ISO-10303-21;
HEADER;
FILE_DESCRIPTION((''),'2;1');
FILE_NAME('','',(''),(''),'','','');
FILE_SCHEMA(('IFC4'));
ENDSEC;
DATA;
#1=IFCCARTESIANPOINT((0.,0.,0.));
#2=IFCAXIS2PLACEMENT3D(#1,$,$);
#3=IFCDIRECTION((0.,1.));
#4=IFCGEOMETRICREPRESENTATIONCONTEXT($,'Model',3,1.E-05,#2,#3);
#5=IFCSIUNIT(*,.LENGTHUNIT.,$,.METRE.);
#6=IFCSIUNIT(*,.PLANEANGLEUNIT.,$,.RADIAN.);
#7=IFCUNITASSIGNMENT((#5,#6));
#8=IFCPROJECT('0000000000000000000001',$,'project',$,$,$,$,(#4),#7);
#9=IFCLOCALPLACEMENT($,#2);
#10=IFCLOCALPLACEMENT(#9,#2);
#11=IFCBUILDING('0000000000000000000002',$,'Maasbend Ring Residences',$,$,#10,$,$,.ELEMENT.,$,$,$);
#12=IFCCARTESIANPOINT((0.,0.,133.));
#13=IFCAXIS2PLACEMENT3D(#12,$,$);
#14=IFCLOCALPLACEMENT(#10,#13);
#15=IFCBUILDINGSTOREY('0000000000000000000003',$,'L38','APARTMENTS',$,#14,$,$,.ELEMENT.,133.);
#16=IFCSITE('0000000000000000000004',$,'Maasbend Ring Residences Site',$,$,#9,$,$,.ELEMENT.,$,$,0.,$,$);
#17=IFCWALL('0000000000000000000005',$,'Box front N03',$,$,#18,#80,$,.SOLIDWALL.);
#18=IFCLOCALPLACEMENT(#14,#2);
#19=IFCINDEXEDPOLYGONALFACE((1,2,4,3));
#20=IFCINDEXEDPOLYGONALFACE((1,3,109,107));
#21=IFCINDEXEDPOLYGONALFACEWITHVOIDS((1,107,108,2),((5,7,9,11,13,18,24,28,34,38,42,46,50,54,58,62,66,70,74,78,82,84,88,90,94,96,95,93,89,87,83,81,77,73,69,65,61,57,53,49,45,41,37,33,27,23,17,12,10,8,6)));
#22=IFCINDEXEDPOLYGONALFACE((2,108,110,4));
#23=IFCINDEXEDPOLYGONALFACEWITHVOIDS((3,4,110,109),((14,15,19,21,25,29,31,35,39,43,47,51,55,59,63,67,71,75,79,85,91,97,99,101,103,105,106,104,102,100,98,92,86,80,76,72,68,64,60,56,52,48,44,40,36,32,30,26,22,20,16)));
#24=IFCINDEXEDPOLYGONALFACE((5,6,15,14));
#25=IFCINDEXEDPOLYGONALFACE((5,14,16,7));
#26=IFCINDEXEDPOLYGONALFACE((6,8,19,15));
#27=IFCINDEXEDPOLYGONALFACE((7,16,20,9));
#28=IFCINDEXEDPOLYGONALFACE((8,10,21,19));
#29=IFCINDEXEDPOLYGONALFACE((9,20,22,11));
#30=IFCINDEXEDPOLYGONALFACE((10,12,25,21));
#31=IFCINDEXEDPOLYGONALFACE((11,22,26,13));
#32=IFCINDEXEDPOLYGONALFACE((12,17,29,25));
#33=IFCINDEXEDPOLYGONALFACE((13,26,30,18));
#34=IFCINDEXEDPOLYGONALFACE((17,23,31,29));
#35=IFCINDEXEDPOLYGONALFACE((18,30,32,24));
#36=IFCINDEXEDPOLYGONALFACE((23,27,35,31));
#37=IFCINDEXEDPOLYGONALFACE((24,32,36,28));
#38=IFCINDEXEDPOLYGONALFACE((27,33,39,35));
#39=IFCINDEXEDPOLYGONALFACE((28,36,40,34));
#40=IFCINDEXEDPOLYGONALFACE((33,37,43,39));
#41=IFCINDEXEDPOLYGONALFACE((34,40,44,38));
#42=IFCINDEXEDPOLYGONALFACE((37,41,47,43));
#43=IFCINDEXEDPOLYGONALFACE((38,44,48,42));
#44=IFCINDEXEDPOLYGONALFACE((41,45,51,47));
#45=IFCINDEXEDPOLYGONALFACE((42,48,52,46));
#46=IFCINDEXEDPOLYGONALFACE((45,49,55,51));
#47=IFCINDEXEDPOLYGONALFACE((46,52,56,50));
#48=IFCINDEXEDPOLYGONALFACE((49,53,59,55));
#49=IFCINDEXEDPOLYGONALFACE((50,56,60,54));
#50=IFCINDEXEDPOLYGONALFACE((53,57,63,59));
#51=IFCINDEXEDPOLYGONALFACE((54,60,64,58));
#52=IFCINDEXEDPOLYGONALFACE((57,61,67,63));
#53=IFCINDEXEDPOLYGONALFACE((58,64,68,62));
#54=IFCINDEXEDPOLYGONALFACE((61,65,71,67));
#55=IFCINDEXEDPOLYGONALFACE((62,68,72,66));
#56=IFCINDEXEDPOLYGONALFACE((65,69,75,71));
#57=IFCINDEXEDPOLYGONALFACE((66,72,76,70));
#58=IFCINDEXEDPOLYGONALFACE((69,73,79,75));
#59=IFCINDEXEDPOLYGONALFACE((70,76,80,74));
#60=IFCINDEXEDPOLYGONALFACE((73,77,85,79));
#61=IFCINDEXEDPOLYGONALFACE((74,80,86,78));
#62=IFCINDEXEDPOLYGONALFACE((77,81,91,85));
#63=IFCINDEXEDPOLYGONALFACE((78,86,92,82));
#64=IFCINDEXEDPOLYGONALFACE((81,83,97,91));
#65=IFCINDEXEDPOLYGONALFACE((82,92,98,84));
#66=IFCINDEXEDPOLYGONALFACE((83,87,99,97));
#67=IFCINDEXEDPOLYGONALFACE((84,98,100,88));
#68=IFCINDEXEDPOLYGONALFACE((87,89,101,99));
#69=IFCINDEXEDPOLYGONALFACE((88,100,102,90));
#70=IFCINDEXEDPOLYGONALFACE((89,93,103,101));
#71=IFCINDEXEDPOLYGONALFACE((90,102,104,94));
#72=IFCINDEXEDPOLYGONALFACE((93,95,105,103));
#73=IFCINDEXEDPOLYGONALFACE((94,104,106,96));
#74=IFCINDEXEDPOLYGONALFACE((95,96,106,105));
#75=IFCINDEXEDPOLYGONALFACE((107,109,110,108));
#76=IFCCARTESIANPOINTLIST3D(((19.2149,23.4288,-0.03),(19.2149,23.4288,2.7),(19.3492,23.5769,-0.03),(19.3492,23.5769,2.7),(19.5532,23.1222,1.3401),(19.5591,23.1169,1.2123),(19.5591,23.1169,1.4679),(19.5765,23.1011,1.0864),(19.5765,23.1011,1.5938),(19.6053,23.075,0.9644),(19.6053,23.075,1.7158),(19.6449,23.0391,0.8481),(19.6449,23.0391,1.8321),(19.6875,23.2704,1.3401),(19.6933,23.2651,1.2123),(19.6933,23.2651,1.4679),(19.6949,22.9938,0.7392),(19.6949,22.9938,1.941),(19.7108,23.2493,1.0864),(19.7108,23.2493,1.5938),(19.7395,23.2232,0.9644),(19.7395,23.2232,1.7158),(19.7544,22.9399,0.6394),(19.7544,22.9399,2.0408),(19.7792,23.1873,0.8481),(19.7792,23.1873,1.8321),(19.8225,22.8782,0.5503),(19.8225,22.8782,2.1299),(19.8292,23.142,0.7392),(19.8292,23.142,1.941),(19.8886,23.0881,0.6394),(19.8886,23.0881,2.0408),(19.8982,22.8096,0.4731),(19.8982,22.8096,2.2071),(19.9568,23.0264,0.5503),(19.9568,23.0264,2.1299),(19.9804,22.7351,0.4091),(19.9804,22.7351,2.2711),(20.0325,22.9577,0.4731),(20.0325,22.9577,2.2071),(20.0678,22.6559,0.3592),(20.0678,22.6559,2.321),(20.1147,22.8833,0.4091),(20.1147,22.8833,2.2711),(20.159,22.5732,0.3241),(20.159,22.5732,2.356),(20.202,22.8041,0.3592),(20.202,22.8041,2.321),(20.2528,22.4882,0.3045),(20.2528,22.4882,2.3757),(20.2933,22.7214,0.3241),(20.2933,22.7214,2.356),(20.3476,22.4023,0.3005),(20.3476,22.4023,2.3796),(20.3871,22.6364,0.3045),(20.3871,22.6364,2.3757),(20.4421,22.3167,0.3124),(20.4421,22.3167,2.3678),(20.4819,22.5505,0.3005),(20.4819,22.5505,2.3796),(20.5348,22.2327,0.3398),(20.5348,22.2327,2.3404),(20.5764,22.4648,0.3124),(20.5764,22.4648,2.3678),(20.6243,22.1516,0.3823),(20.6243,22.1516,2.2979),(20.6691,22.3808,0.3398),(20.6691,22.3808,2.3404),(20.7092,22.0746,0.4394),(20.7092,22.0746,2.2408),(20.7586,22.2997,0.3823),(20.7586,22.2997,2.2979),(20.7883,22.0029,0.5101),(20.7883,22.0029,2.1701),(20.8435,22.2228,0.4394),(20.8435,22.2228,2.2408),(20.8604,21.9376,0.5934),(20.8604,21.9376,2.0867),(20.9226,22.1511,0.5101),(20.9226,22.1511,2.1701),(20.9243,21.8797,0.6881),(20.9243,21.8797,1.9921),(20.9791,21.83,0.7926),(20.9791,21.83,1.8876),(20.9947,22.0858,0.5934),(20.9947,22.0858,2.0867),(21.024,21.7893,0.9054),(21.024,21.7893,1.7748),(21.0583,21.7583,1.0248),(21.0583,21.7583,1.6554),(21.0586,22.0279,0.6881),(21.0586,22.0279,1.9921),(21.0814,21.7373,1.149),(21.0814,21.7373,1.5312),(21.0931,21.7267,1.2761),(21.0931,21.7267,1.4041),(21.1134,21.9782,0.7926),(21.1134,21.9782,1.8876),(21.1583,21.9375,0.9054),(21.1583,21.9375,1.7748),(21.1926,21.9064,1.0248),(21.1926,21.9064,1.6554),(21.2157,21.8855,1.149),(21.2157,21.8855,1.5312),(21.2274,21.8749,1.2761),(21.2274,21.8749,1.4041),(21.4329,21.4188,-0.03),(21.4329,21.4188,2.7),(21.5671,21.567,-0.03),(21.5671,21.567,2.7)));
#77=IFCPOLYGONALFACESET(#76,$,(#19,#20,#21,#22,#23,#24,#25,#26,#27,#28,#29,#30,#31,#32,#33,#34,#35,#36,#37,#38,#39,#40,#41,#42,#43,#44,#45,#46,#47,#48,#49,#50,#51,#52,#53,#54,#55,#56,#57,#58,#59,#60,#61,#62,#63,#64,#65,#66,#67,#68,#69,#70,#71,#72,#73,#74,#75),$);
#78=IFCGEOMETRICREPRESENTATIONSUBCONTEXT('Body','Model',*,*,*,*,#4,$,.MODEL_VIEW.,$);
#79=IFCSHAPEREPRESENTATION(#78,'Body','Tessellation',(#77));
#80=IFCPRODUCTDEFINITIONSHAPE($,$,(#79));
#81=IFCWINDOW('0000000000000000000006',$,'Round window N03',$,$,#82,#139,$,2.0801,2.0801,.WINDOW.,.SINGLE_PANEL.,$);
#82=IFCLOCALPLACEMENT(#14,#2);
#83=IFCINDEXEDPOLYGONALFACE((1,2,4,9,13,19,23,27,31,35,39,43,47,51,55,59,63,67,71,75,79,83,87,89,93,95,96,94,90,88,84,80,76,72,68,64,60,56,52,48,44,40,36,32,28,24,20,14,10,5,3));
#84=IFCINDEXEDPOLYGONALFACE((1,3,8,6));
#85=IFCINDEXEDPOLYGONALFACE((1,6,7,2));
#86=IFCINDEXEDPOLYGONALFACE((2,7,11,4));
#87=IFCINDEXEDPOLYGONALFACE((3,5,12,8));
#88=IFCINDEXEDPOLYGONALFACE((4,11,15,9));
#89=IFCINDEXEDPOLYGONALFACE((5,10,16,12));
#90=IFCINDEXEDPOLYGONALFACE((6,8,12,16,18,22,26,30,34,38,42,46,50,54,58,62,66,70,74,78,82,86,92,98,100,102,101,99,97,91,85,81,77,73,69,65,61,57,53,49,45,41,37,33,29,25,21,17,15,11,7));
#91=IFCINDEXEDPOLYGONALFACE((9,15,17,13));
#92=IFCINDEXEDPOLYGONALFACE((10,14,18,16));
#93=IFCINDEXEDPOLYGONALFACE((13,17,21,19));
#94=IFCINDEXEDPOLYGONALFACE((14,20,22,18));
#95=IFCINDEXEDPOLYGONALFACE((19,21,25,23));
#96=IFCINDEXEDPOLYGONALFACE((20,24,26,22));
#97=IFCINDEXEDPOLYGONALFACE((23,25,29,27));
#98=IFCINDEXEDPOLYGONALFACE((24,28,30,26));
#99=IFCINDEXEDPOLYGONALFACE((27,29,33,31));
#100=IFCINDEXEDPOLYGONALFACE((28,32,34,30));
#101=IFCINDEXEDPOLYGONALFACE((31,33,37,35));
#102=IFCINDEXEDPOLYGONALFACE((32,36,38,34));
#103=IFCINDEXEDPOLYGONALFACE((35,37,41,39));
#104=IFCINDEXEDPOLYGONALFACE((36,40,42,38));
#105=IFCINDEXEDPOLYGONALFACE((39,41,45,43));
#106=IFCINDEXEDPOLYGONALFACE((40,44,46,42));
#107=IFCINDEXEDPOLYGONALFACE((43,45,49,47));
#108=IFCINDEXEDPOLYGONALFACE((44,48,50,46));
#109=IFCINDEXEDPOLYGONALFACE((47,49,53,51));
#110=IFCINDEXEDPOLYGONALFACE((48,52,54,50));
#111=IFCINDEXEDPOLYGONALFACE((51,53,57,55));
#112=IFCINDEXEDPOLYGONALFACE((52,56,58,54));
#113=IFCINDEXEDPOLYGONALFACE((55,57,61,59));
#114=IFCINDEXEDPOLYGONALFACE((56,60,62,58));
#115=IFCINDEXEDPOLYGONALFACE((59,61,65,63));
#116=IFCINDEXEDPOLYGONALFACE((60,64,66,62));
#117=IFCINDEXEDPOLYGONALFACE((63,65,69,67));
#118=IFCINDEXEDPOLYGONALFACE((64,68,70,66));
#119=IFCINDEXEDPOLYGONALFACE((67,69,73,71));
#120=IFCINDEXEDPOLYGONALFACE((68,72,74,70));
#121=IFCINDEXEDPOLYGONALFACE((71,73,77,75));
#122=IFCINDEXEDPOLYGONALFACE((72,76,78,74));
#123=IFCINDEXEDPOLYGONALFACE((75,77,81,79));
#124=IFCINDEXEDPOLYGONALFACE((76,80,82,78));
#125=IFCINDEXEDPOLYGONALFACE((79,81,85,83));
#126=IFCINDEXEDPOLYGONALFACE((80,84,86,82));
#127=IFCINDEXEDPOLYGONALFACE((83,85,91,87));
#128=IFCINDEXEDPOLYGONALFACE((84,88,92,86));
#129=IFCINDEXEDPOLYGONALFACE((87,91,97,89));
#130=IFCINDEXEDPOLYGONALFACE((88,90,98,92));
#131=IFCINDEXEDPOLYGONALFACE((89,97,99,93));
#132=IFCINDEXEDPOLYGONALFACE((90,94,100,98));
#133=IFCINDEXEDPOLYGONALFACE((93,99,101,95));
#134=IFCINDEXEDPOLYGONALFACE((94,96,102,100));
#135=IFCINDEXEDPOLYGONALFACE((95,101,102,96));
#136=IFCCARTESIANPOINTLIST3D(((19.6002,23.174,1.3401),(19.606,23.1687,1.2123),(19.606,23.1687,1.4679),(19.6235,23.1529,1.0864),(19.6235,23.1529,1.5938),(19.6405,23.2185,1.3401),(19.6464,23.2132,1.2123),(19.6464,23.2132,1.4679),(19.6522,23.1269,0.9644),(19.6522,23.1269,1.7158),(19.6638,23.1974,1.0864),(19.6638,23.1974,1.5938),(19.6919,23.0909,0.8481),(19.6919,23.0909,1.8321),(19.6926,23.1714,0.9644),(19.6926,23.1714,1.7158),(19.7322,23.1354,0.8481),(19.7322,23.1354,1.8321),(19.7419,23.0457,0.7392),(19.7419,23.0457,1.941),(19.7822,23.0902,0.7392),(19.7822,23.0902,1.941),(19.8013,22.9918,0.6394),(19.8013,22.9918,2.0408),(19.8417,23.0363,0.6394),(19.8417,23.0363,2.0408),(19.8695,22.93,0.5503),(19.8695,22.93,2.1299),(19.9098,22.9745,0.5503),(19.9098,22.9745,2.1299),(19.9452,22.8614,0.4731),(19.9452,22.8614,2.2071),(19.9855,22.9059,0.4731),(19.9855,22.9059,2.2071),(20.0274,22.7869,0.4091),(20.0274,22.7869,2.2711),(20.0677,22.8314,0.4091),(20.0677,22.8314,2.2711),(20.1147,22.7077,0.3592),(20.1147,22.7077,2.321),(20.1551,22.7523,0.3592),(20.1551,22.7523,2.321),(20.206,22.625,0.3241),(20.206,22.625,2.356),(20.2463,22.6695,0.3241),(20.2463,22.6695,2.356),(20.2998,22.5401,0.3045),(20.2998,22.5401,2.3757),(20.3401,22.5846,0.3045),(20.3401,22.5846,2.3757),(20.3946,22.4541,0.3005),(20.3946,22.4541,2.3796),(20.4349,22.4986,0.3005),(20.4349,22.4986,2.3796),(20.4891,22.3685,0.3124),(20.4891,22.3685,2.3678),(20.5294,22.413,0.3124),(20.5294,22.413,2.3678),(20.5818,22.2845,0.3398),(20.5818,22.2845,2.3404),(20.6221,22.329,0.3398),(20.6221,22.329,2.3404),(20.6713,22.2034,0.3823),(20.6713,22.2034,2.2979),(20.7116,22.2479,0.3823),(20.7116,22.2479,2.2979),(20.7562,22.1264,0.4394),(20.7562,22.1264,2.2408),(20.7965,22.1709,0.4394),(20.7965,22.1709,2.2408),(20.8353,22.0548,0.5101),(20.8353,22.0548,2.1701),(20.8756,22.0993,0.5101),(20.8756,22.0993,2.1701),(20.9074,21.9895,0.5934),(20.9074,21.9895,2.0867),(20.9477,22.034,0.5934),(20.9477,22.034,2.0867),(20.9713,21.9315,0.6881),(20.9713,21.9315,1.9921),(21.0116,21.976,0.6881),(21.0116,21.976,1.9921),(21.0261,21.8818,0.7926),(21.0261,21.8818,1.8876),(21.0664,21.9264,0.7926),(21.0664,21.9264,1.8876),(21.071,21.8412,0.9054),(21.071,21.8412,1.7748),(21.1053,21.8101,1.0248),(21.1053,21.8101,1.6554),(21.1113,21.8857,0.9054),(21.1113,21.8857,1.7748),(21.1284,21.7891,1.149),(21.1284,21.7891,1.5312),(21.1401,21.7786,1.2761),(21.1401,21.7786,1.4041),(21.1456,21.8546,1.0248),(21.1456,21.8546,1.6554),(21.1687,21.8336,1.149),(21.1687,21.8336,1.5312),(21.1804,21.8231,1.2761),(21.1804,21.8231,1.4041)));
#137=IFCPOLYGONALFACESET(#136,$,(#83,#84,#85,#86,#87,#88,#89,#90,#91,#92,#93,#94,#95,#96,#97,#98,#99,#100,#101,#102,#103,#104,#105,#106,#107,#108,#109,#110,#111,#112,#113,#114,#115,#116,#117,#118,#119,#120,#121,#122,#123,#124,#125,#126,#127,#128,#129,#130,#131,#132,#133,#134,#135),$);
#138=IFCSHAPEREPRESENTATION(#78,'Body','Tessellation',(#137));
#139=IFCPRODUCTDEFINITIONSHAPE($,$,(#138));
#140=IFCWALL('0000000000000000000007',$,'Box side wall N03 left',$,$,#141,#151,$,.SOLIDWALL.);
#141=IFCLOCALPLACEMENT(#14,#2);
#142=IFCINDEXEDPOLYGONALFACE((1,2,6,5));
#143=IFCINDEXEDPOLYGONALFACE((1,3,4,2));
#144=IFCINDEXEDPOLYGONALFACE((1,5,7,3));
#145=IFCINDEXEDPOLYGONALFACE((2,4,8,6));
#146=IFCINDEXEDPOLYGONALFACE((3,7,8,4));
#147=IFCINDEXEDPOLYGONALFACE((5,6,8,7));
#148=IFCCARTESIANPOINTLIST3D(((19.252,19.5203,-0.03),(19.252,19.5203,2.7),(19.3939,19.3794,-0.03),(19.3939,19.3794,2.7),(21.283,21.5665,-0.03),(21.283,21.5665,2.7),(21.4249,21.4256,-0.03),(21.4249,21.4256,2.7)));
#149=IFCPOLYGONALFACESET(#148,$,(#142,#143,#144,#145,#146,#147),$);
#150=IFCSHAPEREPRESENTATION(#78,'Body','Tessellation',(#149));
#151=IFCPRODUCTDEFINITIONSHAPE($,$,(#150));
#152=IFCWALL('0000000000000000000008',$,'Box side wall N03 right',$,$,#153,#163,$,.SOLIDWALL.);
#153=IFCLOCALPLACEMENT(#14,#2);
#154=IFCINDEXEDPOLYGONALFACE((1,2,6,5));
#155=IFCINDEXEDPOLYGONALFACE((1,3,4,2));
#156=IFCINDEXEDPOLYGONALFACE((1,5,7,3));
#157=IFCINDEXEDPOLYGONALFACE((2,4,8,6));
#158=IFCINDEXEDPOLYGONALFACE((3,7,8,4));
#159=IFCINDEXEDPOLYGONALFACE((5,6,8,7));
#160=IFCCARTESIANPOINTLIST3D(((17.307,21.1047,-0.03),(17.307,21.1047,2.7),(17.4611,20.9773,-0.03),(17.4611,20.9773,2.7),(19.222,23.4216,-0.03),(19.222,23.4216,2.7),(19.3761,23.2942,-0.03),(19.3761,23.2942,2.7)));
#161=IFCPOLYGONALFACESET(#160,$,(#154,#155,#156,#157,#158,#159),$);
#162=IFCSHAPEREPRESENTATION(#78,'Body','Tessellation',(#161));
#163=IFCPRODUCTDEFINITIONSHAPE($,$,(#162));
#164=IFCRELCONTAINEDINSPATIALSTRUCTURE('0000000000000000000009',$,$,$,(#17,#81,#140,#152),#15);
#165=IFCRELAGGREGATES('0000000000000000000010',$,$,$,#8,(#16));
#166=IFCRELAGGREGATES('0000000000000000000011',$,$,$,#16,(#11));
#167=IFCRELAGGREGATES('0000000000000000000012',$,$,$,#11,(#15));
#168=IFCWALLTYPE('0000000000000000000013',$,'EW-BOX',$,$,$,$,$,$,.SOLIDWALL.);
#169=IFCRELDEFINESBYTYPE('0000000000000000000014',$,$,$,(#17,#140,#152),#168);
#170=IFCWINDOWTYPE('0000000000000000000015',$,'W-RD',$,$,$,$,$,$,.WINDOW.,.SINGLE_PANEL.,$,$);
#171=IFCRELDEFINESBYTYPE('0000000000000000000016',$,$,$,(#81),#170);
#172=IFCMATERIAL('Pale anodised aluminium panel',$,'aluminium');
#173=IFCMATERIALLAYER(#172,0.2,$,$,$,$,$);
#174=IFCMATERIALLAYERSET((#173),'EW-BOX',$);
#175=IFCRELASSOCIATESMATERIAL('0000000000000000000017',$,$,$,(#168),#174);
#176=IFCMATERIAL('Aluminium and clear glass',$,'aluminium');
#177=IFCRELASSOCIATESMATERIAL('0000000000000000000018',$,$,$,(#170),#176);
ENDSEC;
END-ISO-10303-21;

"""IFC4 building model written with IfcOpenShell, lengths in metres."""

from ifc_helpers import new_model, si_unit, direction, frame, frame_2d, origin, place, context, subcontext, project, spatial, rectangle, circle, extrude, material, layer, layer_set, type_object, element, fill, save


model = new_model("IFC4")

# Units and contexts
model_context = context("Model", 3, precision=1e-05, world=origin(), true_north=direction((0.0, 1.0)))
body_context = subcontext(model_context, "Body", "Model", "MODEL_VIEW")
ifc_project = project(units=[si_unit("LENGTHUNIT", "METRE"), si_unit("PLANEANGLEUNIT", "RADIAN")], contexts=[model_context])

# Site, building, storey
site_placement = place(None, origin())
site = spatial("IfcSite", under=ifc_project, at=site_placement, Name="Maasbend Ring Residences Site", CompositionType="ELEMENT", RefElevation=0.0)
building_placement = place(site_placement, origin())
building = spatial("IfcBuilding", under=site, at=building_placement, Name="Maasbend Ring Residences", CompositionType="ELEMENT")
storey_placement = place(building_placement, frame((0.0, 0.0, 133.0)))
storey = spatial("IfcBuildingStorey", under=building, at=storey_placement, Name="L38", Description="APARTMENTS", CompositionType="ELEMENT", Elevation=133.0)

# Wall, opening, window
ifc_material_1 = material(Name="Pale anodised aluminium panel", Category="aluminium")
ifc_layer_1 = layer(ifc_material_1, 0.2)
ifc_layer_set_1 = layer_set([ifc_layer_1], Name="EW-BOX")
wall_type_1 = type_object("IfcWallType", Name="EW-BOX", PredefinedType="SOLIDWALL", material=ifc_layer_set_1)
wall_1_placement = place(storey_placement, frame((21.5, 21.4929, -0.03), z_axis=(0.0, 0.0, 1.0), x_axis=(-0.740998, 0.671507, 0.0)))
wall_1 = element("IfcWall", 1, at=wall_1_placement, inside=storey, type_object=wall_type_1, Name="Box front N03", PredefinedType="SOLIDWALL", context=body_context, shape_type="SweptSolid", body=[
    extrude(rectangle(XDim=2.9932, YDim=0.2, at=frame_2d((1.4966, 0.0))), origin(), (0.0, 0.0, 1.0), 2.73),
])
opening_1_placement = place(wall_1_placement, frame((0.4565, 0.0, 0.3301)))
opening_1 = element("IfcOpeningElement", 2, at=opening_1_placement, cuts=wall_1, PredefinedType="OPENING", context=body_context, shape_type="SweptSolid", body=[
    extrude(circle(Radius=1.04, at=frame_2d((1.04, 1.04))), frame((0.0, 0.1099, 0.0), z_axis=(0.0, -1.0, 0.0), x_axis=(1.0, 0.0, 0.0)), (0.0, 0.0, 1.0), 0.22),
])
ifc_material_2 = material(Name="Aluminium and clear glass", Category="aluminium")
window_type_1 = type_object("IfcWindowType", Name="W-RD", PartitioningType="SINGLE_PANEL", PredefinedType="WINDOW", material=ifc_material_2)
window_1_placement = place(opening_1_placement, origin())
window_1 = element("IfcWindow", 3, at=window_1_placement, inside=storey, type_object=window_type_1, Name="Round window N03", OverallHeight=2.0801, OverallWidth=2.0801, PartitioningType="SINGLE_PANEL", PredefinedType="WINDOW", context=body_context, shape_type="SweptSolid", body=[
    extrude(circle(Radius=1.04, at=frame_2d((1.04, 1.04))), frame((0.0, 0.03, 0.0), z_axis=(0.0, -1.0, 0.0), x_axis=(1.0, 0.0, 0.0)), (0.0, 0.0, 1.0), 0.0601),
])
fill(opening_1, window_1)

# Walls
wall_2_placement = place(storey_placement, frame((19.323, 19.45, -0.03), z_axis=(0.0, 0.0, 1.0), x_axis=(0.704477, 0.709727, 0.0)))
element("IfcWall", 4, at=wall_2_placement, inside=storey, type_object=wall_type_1, Name="Box side wall N03 left", PredefinedType="SOLIDWALL", context=body_context, shape_type="SweptSolid", body=[
    extrude(rectangle(XDim=2.8831, YDim=0.2, at=frame_2d((1.4414, 0.0))), origin(), (0.0, 0.0, 1.0), 2.73),
])
wall_3_placement = place(storey_placement, frame((17.384, 21.041, -0.03), z_axis=(0.0, 0.0, 1.0), x_axis=(0.637096, 0.770785, 0.0)))
element("IfcWall", 5, at=wall_3_placement, inside=storey, type_object=wall_type_1, Name="Box side wall N03 right", PredefinedType="SOLIDWALL", context=body_context, shape_type="SweptSolid", body=[
    extrude(rectangle(XDim=3.0059, YDim=0.2, at=frame_2d((1.5029, 0.0))), origin(), (0.0, 0.0, 1.0), 2.73),
])

save(model, "model.ifc")
